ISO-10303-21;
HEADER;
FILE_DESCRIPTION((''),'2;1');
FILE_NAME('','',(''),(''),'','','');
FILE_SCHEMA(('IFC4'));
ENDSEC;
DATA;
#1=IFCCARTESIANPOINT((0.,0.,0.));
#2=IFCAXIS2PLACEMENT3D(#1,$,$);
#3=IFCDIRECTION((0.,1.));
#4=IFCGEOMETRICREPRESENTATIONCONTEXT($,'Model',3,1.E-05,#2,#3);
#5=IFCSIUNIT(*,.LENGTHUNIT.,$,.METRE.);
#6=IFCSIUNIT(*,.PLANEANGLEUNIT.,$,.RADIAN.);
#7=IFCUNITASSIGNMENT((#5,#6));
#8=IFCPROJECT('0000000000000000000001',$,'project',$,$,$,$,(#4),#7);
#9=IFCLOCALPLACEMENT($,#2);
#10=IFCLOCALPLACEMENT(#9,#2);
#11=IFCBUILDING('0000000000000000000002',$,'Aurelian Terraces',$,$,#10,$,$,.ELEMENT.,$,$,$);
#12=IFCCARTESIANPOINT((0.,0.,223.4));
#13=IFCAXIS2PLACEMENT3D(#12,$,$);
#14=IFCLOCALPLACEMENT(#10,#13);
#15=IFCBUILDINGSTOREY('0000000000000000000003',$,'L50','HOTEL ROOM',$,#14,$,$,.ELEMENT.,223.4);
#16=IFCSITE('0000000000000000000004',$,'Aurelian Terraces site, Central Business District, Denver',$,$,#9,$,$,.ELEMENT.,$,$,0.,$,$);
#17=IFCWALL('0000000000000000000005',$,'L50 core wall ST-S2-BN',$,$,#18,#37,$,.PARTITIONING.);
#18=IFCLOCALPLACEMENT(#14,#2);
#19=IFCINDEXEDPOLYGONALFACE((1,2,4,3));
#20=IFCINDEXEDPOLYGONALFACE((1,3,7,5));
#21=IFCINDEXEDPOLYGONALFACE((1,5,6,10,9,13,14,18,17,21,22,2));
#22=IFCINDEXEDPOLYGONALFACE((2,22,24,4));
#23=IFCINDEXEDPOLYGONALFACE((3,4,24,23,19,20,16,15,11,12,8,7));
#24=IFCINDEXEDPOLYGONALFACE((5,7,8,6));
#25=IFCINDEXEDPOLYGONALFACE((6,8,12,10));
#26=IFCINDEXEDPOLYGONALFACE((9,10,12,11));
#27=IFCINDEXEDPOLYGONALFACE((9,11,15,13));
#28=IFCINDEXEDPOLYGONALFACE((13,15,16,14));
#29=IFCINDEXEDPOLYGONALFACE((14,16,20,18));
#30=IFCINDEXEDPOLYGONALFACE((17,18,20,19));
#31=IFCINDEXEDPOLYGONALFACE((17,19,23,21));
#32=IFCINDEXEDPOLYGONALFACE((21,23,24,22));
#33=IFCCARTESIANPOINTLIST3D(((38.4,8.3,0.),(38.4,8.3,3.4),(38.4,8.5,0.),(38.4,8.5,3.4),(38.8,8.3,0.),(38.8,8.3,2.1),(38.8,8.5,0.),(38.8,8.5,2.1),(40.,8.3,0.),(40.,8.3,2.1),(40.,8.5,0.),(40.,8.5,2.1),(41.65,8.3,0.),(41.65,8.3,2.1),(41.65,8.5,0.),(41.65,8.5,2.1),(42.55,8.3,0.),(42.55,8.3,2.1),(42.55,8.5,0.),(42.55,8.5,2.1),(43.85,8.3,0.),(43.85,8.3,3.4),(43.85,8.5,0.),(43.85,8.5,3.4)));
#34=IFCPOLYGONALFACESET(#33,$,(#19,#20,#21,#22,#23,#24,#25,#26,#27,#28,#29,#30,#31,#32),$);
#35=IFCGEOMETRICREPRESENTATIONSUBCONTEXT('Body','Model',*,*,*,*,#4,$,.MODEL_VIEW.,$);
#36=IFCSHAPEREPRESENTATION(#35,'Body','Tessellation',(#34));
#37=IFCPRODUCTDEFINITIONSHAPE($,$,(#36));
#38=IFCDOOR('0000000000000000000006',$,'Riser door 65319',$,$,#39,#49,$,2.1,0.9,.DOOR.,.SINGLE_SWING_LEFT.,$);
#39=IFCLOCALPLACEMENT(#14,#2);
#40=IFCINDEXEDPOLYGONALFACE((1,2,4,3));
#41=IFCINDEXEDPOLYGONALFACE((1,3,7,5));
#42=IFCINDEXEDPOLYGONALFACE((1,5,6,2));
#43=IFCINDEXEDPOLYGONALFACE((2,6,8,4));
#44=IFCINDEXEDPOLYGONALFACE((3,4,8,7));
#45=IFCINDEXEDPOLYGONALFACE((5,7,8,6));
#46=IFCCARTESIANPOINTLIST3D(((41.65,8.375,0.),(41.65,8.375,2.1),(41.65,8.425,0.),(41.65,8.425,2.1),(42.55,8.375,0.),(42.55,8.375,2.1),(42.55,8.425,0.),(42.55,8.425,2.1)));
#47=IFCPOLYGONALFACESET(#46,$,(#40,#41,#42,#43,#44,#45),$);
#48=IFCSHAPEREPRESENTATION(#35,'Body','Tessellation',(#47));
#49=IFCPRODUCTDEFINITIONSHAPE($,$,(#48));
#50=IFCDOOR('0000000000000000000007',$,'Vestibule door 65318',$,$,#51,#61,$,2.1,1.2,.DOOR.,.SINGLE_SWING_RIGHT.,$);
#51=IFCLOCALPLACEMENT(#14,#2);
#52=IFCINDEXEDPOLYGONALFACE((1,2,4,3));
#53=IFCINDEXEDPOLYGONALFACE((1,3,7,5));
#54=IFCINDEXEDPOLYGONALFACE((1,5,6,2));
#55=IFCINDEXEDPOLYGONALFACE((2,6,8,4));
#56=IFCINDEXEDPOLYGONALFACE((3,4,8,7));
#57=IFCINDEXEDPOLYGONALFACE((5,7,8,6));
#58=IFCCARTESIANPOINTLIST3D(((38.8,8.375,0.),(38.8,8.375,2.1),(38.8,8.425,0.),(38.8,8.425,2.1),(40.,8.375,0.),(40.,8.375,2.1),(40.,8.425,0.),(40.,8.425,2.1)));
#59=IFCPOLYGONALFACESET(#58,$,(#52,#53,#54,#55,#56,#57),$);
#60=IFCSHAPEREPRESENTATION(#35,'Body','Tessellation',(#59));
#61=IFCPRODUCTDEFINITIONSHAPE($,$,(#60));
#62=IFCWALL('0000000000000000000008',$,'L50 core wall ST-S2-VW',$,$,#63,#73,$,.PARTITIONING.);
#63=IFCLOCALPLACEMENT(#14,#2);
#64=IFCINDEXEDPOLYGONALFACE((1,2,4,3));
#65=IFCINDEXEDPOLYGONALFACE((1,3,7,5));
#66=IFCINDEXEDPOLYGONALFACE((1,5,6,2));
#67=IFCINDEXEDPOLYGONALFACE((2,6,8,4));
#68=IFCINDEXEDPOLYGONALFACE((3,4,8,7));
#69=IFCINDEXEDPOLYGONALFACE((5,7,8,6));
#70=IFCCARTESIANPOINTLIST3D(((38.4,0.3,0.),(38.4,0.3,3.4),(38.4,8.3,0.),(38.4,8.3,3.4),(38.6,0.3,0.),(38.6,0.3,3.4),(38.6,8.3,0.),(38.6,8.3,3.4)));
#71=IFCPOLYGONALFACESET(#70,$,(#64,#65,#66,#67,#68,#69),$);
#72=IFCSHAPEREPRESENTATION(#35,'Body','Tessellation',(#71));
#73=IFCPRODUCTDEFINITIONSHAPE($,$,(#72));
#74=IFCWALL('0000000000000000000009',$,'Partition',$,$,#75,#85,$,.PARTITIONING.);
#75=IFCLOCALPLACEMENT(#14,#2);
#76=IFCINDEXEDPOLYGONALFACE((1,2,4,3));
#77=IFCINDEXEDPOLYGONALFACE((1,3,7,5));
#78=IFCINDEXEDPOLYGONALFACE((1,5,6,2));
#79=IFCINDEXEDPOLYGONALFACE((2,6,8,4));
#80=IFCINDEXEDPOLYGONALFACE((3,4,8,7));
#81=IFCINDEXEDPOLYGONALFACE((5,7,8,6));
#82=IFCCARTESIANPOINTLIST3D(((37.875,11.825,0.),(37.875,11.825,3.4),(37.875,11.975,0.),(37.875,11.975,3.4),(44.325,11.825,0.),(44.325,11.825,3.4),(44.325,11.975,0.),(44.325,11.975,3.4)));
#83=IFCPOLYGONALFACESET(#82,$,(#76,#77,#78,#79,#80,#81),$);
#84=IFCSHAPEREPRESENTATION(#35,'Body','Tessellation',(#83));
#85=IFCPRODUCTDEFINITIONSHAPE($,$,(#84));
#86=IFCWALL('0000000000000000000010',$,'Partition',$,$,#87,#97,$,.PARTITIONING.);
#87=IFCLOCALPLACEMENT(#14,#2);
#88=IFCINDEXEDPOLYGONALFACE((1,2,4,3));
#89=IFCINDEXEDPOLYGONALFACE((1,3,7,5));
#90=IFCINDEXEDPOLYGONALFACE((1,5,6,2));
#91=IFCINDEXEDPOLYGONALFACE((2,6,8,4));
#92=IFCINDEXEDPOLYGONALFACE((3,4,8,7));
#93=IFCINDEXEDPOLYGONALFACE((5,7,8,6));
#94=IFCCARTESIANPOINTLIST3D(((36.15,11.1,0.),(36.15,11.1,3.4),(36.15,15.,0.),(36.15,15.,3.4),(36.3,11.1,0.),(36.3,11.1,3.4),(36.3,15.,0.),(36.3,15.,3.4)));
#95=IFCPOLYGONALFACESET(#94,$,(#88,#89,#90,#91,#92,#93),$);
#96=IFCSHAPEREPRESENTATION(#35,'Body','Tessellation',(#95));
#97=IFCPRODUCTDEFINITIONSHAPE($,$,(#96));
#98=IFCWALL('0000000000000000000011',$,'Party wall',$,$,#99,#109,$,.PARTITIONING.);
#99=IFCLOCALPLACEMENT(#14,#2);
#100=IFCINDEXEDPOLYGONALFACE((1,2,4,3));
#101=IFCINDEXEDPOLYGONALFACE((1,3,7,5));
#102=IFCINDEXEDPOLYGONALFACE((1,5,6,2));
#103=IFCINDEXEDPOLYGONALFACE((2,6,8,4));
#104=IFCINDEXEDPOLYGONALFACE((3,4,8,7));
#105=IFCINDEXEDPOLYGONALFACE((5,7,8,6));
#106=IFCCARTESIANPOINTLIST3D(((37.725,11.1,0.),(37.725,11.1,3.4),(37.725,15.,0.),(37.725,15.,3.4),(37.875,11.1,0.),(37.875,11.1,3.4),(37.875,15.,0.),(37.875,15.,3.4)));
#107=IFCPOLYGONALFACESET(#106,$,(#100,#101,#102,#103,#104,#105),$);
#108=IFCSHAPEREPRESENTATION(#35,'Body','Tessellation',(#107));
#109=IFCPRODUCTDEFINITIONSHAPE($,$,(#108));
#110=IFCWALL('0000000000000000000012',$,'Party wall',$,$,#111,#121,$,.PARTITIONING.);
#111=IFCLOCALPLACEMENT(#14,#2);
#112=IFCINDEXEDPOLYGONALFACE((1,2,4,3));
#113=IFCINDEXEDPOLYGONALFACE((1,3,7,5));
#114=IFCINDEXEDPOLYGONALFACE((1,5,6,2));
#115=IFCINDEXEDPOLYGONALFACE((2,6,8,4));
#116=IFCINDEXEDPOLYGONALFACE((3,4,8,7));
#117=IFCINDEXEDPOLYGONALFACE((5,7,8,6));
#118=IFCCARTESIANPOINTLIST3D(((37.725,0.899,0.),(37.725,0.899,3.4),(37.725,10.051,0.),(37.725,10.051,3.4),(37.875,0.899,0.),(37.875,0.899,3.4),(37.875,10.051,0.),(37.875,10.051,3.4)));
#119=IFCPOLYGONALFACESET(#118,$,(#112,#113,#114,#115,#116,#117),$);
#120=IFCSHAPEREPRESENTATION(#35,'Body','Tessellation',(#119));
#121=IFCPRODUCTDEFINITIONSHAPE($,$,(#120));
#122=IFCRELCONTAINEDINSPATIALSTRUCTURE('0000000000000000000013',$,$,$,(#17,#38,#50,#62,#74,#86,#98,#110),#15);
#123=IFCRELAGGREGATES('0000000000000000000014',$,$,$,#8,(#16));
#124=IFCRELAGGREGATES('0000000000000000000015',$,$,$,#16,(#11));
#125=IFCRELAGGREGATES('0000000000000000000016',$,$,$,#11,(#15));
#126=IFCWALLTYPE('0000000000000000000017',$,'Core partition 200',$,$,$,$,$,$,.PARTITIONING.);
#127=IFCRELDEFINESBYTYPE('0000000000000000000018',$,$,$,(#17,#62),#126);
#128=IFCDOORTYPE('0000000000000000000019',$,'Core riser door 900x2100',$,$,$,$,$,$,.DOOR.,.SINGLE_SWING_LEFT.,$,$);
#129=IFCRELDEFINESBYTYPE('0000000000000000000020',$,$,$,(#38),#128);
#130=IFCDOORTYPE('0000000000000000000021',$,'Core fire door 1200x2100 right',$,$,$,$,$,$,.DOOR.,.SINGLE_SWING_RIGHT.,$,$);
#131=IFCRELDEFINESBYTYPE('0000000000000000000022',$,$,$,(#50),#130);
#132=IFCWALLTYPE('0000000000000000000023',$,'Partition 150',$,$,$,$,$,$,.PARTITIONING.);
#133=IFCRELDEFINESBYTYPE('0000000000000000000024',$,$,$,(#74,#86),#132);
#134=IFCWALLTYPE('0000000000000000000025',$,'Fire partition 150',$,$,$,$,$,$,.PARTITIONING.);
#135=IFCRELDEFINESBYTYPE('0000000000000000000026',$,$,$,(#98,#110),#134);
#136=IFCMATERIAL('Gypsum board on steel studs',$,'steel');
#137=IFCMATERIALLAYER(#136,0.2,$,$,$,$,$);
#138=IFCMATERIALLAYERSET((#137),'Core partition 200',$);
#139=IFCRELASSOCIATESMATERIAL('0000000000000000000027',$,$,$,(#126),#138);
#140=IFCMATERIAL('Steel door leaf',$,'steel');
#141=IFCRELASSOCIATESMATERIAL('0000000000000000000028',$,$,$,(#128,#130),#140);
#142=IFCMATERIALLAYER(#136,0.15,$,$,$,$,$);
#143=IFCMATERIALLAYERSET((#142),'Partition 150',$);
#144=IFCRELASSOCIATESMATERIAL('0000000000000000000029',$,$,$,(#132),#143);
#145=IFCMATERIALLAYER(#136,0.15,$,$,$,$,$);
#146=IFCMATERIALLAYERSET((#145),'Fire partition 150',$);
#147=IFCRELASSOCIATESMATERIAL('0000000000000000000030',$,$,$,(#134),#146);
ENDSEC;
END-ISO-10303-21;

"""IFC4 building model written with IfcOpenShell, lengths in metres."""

from ifc_helpers import new_model, si_unit, direction, frame, frame_2d, origin, place, context, subcontext, project, spatial, rectangle, extrude, source, transform, mapped, material, layer, layer_set, type_object, element, fill, save


model = new_model("IFC4")

# Units and contexts
model_context = context("Model", 3, precision=1e-05, world=origin(), true_north=direction((0.0, 1.0)))
body_context = subcontext(model_context, "Body", "Model", "MODEL_VIEW")
ifc_project = project(units=[si_unit("LENGTHUNIT", "METRE"), si_unit("PLANEANGLEUNIT", "RADIAN")], contexts=[model_context])

# Site, building, storey
site_placement = place(None, origin())
site = spatial("IfcSite", under=ifc_project, at=site_placement, Name="Aurelian Terraces site, Central Business District, Denver", CompositionType="ELEMENT", RefElevation=0.0)
building_placement = place(site_placement, origin())
building = spatial("IfcBuilding", under=site, at=building_placement, Name="Aurelian Terraces", CompositionType="ELEMENT")
storey_placement = place(building_placement, frame((0.0, 0.0, 223.4)))
storey = spatial("IfcBuildingStorey", under=building, at=storey_placement, Name="L50", Description="HOTEL ROOM", CompositionType="ELEMENT", Elevation=223.4)

# Shared definitions
ifc_material_1 = material(Name="Steel door leaf", Category="steel")

# Wall, openings, doors
ifc_material_2 = material(Name="Gypsum board on steel studs", Category="steel")
ifc_layer_1 = layer(ifc_material_2, 0.2)
ifc_layer_set_1 = layer_set([ifc_layer_1], Name="Core partition 200")
wall_type_1 = type_object("IfcWallType", Name="Core partition 200", PredefinedType="PARTITIONING", material=ifc_layer_set_1)
shared_shape_1 = source(origin(), body_context, "Body", "SweptSolid", [
    extrude(rectangle(XDim=5.45, YDim=0.2, at=frame_2d((2.725, 0.0))), origin(), (0.0, 0.0, 1.0), 3.4),
])
wall_1_placement = place(storey_placement, frame((38.4, 8.4, 0.0), z_axis=(0.0, 0.0, 1.0), x_axis=(1.0, 0.0, 0.0)))
wall_1 = element("IfcWall", 1, at=wall_1_placement, inside=storey, type_object=wall_type_1, Name="L50 core wall ST-S2-BN", PredefinedType="PARTITIONING", context=body_context, shape_type="MappedRepresentation", body=[
    mapped(shared_shape_1, transform((0.0, 0.0, 0.0), scale=1.0)),
])
shared_shape_2 = source(origin(), body_context, "Body", "SweptSolid", [
    extrude(rectangle(XDim=1.2, YDim=2.1, at=frame_2d((0.6, 1.05))), frame((0.0, 0.11, 0.0), z_axis=(0.0, -1.0, 0.0), x_axis=(1.0, 0.0, 0.0)), (0.0, 0.0, 1.0), 0.22),
])
opening_1_placement = place(wall_1_placement, frame((0.4, 0.0, 0.0)))
opening_1 = element("IfcOpeningElement", 2, at=opening_1_placement, cuts=wall_1, PredefinedType="OPENING", context=body_context, shape_type="MappedRepresentation", body=[
    mapped(shared_shape_2, transform((0.0, 0.0, 0.0), scale=1.0)),
])
shared_shape_3 = source(origin(), body_context, "Body", "SweptSolid", [
    extrude(rectangle(XDim=0.9, YDim=2.1, at=frame_2d((0.45, 1.05))), frame((0.0, 0.11, 0.0), z_axis=(0.0, -1.0, 0.0), x_axis=(1.0, 0.0, 0.0)), (0.0, 0.0, 1.0), 0.22),
])
opening_2_placement = place(wall_1_placement, frame((3.25, 0.0, 0.0)))
opening_2 = element("IfcOpeningElement", 3, at=opening_2_placement, cuts=wall_1, PredefinedType="OPENING", context=body_context, shape_type="MappedRepresentation", body=[
    mapped(shared_shape_3, transform((0.0, 0.0, 0.0), scale=1.0)),
])
door_type_1 = type_object("IfcDoorType", Name="Core riser door 900x2100", OperationType="SINGLE_SWING_LEFT", PredefinedType="DOOR", material=ifc_material_1)
shared_shape_4 = source(origin(), body_context, "Body", "SweptSolid", [
    extrude(rectangle(XDim=0.9, YDim=2.1, at=frame_2d((0.45, 1.05))), frame((0.0, 0.025, 0.0), z_axis=(0.0, -1.0, 0.0), x_axis=(1.0, 0.0, 0.0)), (0.0, 0.0, 1.0), 0.05),
])
door_1_placement = place(opening_2_placement, origin())
door_1 = element("IfcDoor", 4, at=door_1_placement, inside=storey, type_object=door_type_1, Name="Riser door 65319", OperationType="SINGLE_SWING_LEFT", OverallHeight=2.1, OverallWidth=0.9, PredefinedType="DOOR", context=body_context, shape_type="MappedRepresentation", body=[
    mapped(shared_shape_4, transform((0.0, 0.0, 0.0), scale=1.0)),
])
fill(opening_2, door_1)
door_type_2 = type_object("IfcDoorType", Name="Core fire door 1200x2100 right", OperationType="SINGLE_SWING_RIGHT", PredefinedType="DOOR", material=ifc_material_1)
shared_shape_5 = source(origin(), body_context, "Body", "SweptSolid", [
    extrude(rectangle(XDim=1.2, YDim=2.1, at=frame_2d((0.6, 1.05))), frame((0.0, 0.025, 0.0), z_axis=(0.0, -1.0, 0.0), x_axis=(1.0, 0.0, 0.0)), (0.0, 0.0, 1.0), 0.05),
])
door_2_placement = place(opening_1_placement, origin())
door_2 = element("IfcDoor", 5, at=door_2_placement, inside=storey, type_object=door_type_2, Name="Vestibule door 65318", OperationType="SINGLE_SWING_RIGHT", OverallHeight=2.1, OverallWidth=1.2, PredefinedType="DOOR", context=body_context, shape_type="MappedRepresentation", body=[
    mapped(shared_shape_5, transform((0.0, 0.0, 0.0), scale=1.0)),
])
fill(opening_1, door_2)

# Walls
shared_shape_6 = source(origin(), body_context, "Body", "SweptSolid", [
    extrude(rectangle(XDim=8.0, YDim=0.2, at=frame_2d((4.0, 0.0))), origin(), (0.0, 0.0, 1.0), 3.4),
])
wall_2_placement = place(storey_placement, frame((38.5, 0.3, 0.0), z_axis=(0.0, 0.0, 1.0), x_axis=(0.0, 1.0, 0.0)))
element("IfcWall", 6, at=wall_2_placement, inside=storey, type_object=wall_type_1, Name="L50 core wall ST-S2-VW", PredefinedType="PARTITIONING", context=body_context, shape_type="MappedRepresentation", body=[
    mapped(shared_shape_6, transform((0.0, 0.0, 0.0), scale=1.0)),
])
ifc_layer_2 = layer(ifc_material_2, 0.15)
ifc_layer_set_2 = layer_set([ifc_layer_2], Name="Partition 150")
wall_type_2 = type_object("IfcWallType", Name="Partition 150", PredefinedType="PARTITIONING", material=ifc_layer_set_2)
shared_shape_7 = source(origin(), body_context, "Body", "SweptSolid", [
    extrude(rectangle(XDim=6.45, YDim=0.15, at=frame_2d((3.225, 0.0))), origin(), (0.0, 0.0, 1.0), 3.4),
])
wall_3_placement = place(storey_placement, frame((37.875, 11.9, 0.0), z_axis=(0.0, 0.0, 1.0), x_axis=(1.0, 0.0, 0.0)))
element("IfcWall", 7, at=wall_3_placement, inside=storey, type_object=wall_type_2, Name="Partition", PredefinedType="PARTITIONING", context=body_context, shape_type="MappedRepresentation", body=[
    mapped(shared_shape_7, transform((0.0, 0.0, 0.0), scale=1.0)),
])
shared_shape_8 = source(origin(), body_context, "Body", "SweptSolid", [
    extrude(rectangle(XDim=3.9, YDim=0.15, at=frame_2d((1.95, 0.0))), origin(), (0.0, 0.0, 1.0), 3.4),
])
wall_4_placement = place(storey_placement, frame((36.225, 11.1, 0.0), z_axis=(0.0, 0.0, 1.0), x_axis=(0.0, 1.0, 0.0)))
element("IfcWall", 8, at=wall_4_placement, inside=storey, type_object=wall_type_2, Name="Partition", PredefinedType="PARTITIONING", context=body_context, shape_type="MappedRepresentation", body=[
    mapped(shared_shape_8, transform((0.0, 0.0, 0.0), scale=1.0)),
])
ifc_layer_3 = layer(ifc_material_2, 0.15)
ifc_layer_set_3 = layer_set([ifc_layer_3], Name="Fire partition 150")
wall_type_3 = type_object("IfcWallType", Name="Fire partition 150", PredefinedType="PARTITIONING", material=ifc_layer_set_3)
wall_5_placement = place(storey_placement, frame((37.8, 11.1, 0.0), z_axis=(0.0, 0.0, 1.0), x_axis=(0.0, 1.0, 0.0)))
element("IfcWall", 9, at=wall_5_placement, inside=storey, type_object=wall_type_3, Name="Party wall", PredefinedType="PARTITIONING", context=body_context, shape_type="MappedRepresentation", body=[
    mapped(shared_shape_8, transform((0.0, 0.0, 0.0), scale=1.0)),
])
shared_shape_9 = source(origin(), body_context, "Body", "SweptSolid", [
    extrude(rectangle(XDim=9.152, YDim=0.15, at=frame_2d((4.576, 0.0))), origin(), (0.0, 0.0, 1.0), 3.4),
])
wall_6_placement = place(storey_placement, frame((37.8, 0.899, 0.0), z_axis=(0.0, 0.0, 1.0), x_axis=(0.0, 1.0, 0.0)))
element("IfcWall", 10, at=wall_6_placement, inside=storey, type_object=wall_type_3, Name="Party wall", PredefinedType="PARTITIONING", context=body_context, shape_type="MappedRepresentation", body=[
    mapped(shared_shape_9, transform((0.0, 0.0, 0.0), scale=1.0)),
])

save(model, "model.ifc")
